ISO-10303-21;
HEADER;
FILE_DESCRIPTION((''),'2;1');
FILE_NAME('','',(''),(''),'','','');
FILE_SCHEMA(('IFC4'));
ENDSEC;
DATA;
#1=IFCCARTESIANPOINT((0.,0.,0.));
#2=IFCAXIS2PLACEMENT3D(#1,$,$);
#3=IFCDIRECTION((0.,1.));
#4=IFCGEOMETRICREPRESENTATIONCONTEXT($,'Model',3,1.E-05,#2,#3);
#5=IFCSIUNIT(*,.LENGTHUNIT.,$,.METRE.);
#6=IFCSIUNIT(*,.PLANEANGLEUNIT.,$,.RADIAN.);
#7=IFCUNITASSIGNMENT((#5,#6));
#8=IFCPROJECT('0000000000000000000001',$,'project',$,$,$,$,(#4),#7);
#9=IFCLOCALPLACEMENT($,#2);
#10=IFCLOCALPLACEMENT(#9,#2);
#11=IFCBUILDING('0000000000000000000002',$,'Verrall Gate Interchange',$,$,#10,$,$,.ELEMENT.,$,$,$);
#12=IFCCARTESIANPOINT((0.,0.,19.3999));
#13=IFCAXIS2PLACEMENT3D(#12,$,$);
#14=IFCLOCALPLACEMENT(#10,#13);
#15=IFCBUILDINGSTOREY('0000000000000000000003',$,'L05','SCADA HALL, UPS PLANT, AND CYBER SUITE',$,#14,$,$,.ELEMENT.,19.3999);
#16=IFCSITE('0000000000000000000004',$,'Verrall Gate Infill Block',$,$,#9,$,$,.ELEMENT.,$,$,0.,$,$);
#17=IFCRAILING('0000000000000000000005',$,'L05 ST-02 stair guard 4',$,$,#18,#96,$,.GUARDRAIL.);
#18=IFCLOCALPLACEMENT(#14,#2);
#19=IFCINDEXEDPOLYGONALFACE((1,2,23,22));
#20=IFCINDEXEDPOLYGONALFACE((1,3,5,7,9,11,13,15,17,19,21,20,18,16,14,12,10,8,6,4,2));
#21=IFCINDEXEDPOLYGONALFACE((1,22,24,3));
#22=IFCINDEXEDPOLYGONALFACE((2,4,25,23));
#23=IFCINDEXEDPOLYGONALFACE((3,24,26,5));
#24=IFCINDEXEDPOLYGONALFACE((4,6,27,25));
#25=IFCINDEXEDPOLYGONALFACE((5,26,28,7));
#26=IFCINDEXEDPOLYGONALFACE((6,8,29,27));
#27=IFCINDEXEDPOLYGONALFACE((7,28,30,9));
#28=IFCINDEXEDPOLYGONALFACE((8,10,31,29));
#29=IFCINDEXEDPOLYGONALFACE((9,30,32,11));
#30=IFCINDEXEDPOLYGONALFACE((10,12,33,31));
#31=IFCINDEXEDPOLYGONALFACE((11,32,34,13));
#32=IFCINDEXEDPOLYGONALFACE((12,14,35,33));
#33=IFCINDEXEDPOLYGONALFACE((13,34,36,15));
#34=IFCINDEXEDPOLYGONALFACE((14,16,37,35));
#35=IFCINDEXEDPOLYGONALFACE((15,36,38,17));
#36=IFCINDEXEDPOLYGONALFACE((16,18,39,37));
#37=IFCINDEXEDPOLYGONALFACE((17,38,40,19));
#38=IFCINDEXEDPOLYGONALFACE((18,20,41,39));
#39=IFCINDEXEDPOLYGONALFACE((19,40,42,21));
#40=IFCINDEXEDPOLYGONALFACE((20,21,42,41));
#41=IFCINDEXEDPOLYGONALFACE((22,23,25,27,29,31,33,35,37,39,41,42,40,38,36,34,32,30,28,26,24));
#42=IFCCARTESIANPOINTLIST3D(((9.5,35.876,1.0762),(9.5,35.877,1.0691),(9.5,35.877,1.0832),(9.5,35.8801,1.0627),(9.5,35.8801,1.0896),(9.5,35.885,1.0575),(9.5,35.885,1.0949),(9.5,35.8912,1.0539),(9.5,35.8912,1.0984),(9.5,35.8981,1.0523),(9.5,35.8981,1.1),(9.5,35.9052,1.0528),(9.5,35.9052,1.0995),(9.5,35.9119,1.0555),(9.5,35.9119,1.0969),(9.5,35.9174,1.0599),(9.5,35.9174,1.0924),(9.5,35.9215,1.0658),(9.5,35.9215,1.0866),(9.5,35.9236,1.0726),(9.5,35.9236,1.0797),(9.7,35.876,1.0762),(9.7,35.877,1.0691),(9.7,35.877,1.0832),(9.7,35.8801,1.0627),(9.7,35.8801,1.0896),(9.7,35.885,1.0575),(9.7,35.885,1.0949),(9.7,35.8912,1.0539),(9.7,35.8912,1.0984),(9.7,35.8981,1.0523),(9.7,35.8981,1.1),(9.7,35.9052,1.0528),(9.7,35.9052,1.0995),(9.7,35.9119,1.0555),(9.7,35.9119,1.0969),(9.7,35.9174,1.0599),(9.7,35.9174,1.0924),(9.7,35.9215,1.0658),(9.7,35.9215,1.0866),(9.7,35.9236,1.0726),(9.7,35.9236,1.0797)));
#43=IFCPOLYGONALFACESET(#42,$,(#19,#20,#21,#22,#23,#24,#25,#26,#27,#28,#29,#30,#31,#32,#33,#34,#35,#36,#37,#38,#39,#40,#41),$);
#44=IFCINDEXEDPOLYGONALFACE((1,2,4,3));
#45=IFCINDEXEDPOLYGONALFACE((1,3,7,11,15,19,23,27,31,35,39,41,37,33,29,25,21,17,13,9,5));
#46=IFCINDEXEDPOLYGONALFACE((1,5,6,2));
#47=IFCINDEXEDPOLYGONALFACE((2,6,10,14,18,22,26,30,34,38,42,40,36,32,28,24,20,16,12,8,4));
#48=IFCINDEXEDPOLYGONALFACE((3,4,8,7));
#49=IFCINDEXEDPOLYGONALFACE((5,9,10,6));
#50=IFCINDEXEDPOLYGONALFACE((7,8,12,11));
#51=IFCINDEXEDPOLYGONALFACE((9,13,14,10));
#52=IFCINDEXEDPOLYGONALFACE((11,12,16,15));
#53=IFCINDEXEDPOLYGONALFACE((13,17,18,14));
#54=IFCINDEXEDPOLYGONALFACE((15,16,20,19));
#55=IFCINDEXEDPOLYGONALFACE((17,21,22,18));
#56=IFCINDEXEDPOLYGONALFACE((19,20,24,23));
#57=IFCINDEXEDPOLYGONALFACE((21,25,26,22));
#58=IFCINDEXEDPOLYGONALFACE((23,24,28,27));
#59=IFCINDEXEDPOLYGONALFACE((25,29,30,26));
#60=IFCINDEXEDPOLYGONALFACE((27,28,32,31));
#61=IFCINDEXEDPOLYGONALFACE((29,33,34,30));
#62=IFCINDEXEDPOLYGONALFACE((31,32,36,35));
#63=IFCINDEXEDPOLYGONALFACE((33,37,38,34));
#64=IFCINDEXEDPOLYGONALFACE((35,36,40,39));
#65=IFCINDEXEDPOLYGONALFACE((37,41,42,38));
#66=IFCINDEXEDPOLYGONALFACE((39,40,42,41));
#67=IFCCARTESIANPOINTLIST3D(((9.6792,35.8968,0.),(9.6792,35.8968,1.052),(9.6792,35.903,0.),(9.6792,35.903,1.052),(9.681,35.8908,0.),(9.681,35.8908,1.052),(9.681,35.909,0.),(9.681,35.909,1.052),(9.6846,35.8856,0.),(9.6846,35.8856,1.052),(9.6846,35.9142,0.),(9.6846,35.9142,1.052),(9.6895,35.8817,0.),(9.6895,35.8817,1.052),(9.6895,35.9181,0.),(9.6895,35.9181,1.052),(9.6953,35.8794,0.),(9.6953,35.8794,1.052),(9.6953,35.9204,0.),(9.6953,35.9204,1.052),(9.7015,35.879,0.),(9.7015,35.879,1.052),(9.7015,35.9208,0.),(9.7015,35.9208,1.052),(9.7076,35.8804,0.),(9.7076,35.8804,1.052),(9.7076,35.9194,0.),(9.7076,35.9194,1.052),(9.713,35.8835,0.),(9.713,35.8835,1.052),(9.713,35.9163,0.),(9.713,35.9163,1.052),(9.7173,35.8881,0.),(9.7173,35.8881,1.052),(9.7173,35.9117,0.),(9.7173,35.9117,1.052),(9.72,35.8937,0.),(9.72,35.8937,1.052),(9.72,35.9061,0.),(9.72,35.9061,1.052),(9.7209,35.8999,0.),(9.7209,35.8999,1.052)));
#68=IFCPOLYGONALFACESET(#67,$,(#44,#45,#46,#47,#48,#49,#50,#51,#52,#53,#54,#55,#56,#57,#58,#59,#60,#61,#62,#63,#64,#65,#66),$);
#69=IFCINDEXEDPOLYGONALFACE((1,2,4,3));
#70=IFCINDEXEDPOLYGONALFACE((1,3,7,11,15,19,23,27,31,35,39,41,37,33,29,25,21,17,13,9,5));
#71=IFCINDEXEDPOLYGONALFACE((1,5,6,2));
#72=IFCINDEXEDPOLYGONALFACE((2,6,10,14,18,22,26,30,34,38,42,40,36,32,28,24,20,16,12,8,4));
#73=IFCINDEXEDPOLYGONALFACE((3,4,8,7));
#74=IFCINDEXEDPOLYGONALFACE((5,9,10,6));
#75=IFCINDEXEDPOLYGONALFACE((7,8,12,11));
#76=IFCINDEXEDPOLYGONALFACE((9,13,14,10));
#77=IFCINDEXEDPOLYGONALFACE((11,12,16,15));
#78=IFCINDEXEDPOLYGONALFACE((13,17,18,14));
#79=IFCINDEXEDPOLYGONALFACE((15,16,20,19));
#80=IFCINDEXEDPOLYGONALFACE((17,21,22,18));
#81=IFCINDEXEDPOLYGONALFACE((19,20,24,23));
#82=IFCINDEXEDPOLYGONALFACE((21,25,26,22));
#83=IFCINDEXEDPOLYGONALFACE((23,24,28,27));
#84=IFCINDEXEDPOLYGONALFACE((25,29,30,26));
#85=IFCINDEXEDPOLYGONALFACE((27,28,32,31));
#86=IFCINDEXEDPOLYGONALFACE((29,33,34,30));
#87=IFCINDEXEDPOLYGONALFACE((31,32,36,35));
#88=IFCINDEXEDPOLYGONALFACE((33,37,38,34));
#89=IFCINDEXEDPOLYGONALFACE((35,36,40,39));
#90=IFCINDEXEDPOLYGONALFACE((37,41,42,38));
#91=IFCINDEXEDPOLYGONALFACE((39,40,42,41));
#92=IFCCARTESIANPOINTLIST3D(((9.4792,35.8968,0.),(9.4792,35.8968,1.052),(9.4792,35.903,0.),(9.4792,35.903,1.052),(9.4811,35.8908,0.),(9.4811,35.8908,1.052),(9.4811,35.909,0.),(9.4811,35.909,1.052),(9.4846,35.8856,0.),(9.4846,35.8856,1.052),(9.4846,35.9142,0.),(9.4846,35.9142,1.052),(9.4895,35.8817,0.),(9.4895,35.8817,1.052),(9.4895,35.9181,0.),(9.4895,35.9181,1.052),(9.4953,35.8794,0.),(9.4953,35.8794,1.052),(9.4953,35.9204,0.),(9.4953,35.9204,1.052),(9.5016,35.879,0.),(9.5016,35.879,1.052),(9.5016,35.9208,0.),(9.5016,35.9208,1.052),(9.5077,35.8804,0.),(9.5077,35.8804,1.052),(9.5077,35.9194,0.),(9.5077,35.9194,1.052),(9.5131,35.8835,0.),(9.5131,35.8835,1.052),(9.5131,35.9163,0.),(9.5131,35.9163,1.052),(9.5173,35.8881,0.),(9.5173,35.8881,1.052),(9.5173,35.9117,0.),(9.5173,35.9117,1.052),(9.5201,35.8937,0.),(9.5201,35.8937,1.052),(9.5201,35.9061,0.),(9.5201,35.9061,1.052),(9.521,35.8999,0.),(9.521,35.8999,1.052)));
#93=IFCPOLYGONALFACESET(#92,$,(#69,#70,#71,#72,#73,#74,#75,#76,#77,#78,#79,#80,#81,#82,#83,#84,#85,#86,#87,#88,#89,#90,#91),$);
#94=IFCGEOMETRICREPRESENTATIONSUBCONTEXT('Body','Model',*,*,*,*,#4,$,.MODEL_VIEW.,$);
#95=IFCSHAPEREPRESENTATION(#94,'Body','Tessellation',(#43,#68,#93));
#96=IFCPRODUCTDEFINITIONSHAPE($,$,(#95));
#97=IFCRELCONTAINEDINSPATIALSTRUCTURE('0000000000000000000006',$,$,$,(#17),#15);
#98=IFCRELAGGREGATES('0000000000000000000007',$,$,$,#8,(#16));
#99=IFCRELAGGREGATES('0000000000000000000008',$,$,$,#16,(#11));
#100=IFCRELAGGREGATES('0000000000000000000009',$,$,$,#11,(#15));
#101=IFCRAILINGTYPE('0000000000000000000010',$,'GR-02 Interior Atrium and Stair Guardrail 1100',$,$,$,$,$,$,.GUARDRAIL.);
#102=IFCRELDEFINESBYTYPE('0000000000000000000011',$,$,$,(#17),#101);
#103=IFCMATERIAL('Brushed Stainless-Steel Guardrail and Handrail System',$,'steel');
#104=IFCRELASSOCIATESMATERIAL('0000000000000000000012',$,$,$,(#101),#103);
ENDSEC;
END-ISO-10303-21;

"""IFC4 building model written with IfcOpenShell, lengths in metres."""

from ifc_helpers import new_model, si_unit, direction, frame, origin, origin_2d, place, context, subcontext, project, spatial, circle, extrude, material, type_object, element, save


model = new_model("IFC4")

# Units and contexts
model_context = context("Model", 3, precision=1e-05, world=origin(), true_north=direction((0.0, 1.0)))
body_context = subcontext(model_context, "Body", "Model", "MODEL_VIEW")
ifc_project = project(units=[si_unit("LENGTHUNIT", "METRE"), si_unit("PLANEANGLEUNIT", "RADIAN")], contexts=[model_context])

# Site, building, storey
site_placement = place(None, origin())
site = spatial("IfcSite", under=ifc_project, at=site_placement, Name="Verrall Gate Infill Block", CompositionType="ELEMENT", RefElevation=0.0)
building_placement = place(site_placement, origin())
building = spatial("IfcBuilding", under=site, at=building_placement, Name="Verrall Gate Interchange", CompositionType="ELEMENT")
storey_placement = place(building_placement, frame((0.0, 0.0, 19.3999)))
storey = spatial("IfcBuildingStorey", under=building, at=storey_placement, Name="L05", Description="SCADA HALL, UPS PLANT, AND CYBER SUITE", CompositionType="ELEMENT", Elevation=19.3999)

# Railing
ifc_material_1 = material(Name="Brushed Stainless-Steel Guardrail and Handrail System", Category="steel")
railing_type_1 = type_object("IfcRailingType", Name="GR-02 Interior Atrium and Stair Guardrail 1100", PredefinedType="GUARDRAIL", material=ifc_material_1)
railing_1_placement = place(storey_placement, frame((9.7, 35.8999, 0.0)))
element("IfcRailing", 1, at=railing_1_placement, inside=storey, type_object=railing_type_1, Name="L05 ST-02 stair guard 4", PredefinedType="GUARDRAIL", context=body_context, shape_type="SweptSolid", body=[
    extrude(circle(Radius=0.0239, at=origin_2d()), frame((0.0, 0.0, 1.0762), z_axis=(-1.0, 0.0, 0.0), x_axis=(0.0, -1.0, 0.0)), (0.0, 0.0, 1.0), 0.2),
    extrude(circle(Radius=0.021, at=origin_2d()), origin(), (0.0, 0.0, 1.0), 1.052),
    extrude(circle(Radius=0.021, at=origin_2d()), frame((-0.2, 0.0, 0.0)), (0.0, 0.0, 1.0), 1.052),
])

save(model, "model.ifc")
